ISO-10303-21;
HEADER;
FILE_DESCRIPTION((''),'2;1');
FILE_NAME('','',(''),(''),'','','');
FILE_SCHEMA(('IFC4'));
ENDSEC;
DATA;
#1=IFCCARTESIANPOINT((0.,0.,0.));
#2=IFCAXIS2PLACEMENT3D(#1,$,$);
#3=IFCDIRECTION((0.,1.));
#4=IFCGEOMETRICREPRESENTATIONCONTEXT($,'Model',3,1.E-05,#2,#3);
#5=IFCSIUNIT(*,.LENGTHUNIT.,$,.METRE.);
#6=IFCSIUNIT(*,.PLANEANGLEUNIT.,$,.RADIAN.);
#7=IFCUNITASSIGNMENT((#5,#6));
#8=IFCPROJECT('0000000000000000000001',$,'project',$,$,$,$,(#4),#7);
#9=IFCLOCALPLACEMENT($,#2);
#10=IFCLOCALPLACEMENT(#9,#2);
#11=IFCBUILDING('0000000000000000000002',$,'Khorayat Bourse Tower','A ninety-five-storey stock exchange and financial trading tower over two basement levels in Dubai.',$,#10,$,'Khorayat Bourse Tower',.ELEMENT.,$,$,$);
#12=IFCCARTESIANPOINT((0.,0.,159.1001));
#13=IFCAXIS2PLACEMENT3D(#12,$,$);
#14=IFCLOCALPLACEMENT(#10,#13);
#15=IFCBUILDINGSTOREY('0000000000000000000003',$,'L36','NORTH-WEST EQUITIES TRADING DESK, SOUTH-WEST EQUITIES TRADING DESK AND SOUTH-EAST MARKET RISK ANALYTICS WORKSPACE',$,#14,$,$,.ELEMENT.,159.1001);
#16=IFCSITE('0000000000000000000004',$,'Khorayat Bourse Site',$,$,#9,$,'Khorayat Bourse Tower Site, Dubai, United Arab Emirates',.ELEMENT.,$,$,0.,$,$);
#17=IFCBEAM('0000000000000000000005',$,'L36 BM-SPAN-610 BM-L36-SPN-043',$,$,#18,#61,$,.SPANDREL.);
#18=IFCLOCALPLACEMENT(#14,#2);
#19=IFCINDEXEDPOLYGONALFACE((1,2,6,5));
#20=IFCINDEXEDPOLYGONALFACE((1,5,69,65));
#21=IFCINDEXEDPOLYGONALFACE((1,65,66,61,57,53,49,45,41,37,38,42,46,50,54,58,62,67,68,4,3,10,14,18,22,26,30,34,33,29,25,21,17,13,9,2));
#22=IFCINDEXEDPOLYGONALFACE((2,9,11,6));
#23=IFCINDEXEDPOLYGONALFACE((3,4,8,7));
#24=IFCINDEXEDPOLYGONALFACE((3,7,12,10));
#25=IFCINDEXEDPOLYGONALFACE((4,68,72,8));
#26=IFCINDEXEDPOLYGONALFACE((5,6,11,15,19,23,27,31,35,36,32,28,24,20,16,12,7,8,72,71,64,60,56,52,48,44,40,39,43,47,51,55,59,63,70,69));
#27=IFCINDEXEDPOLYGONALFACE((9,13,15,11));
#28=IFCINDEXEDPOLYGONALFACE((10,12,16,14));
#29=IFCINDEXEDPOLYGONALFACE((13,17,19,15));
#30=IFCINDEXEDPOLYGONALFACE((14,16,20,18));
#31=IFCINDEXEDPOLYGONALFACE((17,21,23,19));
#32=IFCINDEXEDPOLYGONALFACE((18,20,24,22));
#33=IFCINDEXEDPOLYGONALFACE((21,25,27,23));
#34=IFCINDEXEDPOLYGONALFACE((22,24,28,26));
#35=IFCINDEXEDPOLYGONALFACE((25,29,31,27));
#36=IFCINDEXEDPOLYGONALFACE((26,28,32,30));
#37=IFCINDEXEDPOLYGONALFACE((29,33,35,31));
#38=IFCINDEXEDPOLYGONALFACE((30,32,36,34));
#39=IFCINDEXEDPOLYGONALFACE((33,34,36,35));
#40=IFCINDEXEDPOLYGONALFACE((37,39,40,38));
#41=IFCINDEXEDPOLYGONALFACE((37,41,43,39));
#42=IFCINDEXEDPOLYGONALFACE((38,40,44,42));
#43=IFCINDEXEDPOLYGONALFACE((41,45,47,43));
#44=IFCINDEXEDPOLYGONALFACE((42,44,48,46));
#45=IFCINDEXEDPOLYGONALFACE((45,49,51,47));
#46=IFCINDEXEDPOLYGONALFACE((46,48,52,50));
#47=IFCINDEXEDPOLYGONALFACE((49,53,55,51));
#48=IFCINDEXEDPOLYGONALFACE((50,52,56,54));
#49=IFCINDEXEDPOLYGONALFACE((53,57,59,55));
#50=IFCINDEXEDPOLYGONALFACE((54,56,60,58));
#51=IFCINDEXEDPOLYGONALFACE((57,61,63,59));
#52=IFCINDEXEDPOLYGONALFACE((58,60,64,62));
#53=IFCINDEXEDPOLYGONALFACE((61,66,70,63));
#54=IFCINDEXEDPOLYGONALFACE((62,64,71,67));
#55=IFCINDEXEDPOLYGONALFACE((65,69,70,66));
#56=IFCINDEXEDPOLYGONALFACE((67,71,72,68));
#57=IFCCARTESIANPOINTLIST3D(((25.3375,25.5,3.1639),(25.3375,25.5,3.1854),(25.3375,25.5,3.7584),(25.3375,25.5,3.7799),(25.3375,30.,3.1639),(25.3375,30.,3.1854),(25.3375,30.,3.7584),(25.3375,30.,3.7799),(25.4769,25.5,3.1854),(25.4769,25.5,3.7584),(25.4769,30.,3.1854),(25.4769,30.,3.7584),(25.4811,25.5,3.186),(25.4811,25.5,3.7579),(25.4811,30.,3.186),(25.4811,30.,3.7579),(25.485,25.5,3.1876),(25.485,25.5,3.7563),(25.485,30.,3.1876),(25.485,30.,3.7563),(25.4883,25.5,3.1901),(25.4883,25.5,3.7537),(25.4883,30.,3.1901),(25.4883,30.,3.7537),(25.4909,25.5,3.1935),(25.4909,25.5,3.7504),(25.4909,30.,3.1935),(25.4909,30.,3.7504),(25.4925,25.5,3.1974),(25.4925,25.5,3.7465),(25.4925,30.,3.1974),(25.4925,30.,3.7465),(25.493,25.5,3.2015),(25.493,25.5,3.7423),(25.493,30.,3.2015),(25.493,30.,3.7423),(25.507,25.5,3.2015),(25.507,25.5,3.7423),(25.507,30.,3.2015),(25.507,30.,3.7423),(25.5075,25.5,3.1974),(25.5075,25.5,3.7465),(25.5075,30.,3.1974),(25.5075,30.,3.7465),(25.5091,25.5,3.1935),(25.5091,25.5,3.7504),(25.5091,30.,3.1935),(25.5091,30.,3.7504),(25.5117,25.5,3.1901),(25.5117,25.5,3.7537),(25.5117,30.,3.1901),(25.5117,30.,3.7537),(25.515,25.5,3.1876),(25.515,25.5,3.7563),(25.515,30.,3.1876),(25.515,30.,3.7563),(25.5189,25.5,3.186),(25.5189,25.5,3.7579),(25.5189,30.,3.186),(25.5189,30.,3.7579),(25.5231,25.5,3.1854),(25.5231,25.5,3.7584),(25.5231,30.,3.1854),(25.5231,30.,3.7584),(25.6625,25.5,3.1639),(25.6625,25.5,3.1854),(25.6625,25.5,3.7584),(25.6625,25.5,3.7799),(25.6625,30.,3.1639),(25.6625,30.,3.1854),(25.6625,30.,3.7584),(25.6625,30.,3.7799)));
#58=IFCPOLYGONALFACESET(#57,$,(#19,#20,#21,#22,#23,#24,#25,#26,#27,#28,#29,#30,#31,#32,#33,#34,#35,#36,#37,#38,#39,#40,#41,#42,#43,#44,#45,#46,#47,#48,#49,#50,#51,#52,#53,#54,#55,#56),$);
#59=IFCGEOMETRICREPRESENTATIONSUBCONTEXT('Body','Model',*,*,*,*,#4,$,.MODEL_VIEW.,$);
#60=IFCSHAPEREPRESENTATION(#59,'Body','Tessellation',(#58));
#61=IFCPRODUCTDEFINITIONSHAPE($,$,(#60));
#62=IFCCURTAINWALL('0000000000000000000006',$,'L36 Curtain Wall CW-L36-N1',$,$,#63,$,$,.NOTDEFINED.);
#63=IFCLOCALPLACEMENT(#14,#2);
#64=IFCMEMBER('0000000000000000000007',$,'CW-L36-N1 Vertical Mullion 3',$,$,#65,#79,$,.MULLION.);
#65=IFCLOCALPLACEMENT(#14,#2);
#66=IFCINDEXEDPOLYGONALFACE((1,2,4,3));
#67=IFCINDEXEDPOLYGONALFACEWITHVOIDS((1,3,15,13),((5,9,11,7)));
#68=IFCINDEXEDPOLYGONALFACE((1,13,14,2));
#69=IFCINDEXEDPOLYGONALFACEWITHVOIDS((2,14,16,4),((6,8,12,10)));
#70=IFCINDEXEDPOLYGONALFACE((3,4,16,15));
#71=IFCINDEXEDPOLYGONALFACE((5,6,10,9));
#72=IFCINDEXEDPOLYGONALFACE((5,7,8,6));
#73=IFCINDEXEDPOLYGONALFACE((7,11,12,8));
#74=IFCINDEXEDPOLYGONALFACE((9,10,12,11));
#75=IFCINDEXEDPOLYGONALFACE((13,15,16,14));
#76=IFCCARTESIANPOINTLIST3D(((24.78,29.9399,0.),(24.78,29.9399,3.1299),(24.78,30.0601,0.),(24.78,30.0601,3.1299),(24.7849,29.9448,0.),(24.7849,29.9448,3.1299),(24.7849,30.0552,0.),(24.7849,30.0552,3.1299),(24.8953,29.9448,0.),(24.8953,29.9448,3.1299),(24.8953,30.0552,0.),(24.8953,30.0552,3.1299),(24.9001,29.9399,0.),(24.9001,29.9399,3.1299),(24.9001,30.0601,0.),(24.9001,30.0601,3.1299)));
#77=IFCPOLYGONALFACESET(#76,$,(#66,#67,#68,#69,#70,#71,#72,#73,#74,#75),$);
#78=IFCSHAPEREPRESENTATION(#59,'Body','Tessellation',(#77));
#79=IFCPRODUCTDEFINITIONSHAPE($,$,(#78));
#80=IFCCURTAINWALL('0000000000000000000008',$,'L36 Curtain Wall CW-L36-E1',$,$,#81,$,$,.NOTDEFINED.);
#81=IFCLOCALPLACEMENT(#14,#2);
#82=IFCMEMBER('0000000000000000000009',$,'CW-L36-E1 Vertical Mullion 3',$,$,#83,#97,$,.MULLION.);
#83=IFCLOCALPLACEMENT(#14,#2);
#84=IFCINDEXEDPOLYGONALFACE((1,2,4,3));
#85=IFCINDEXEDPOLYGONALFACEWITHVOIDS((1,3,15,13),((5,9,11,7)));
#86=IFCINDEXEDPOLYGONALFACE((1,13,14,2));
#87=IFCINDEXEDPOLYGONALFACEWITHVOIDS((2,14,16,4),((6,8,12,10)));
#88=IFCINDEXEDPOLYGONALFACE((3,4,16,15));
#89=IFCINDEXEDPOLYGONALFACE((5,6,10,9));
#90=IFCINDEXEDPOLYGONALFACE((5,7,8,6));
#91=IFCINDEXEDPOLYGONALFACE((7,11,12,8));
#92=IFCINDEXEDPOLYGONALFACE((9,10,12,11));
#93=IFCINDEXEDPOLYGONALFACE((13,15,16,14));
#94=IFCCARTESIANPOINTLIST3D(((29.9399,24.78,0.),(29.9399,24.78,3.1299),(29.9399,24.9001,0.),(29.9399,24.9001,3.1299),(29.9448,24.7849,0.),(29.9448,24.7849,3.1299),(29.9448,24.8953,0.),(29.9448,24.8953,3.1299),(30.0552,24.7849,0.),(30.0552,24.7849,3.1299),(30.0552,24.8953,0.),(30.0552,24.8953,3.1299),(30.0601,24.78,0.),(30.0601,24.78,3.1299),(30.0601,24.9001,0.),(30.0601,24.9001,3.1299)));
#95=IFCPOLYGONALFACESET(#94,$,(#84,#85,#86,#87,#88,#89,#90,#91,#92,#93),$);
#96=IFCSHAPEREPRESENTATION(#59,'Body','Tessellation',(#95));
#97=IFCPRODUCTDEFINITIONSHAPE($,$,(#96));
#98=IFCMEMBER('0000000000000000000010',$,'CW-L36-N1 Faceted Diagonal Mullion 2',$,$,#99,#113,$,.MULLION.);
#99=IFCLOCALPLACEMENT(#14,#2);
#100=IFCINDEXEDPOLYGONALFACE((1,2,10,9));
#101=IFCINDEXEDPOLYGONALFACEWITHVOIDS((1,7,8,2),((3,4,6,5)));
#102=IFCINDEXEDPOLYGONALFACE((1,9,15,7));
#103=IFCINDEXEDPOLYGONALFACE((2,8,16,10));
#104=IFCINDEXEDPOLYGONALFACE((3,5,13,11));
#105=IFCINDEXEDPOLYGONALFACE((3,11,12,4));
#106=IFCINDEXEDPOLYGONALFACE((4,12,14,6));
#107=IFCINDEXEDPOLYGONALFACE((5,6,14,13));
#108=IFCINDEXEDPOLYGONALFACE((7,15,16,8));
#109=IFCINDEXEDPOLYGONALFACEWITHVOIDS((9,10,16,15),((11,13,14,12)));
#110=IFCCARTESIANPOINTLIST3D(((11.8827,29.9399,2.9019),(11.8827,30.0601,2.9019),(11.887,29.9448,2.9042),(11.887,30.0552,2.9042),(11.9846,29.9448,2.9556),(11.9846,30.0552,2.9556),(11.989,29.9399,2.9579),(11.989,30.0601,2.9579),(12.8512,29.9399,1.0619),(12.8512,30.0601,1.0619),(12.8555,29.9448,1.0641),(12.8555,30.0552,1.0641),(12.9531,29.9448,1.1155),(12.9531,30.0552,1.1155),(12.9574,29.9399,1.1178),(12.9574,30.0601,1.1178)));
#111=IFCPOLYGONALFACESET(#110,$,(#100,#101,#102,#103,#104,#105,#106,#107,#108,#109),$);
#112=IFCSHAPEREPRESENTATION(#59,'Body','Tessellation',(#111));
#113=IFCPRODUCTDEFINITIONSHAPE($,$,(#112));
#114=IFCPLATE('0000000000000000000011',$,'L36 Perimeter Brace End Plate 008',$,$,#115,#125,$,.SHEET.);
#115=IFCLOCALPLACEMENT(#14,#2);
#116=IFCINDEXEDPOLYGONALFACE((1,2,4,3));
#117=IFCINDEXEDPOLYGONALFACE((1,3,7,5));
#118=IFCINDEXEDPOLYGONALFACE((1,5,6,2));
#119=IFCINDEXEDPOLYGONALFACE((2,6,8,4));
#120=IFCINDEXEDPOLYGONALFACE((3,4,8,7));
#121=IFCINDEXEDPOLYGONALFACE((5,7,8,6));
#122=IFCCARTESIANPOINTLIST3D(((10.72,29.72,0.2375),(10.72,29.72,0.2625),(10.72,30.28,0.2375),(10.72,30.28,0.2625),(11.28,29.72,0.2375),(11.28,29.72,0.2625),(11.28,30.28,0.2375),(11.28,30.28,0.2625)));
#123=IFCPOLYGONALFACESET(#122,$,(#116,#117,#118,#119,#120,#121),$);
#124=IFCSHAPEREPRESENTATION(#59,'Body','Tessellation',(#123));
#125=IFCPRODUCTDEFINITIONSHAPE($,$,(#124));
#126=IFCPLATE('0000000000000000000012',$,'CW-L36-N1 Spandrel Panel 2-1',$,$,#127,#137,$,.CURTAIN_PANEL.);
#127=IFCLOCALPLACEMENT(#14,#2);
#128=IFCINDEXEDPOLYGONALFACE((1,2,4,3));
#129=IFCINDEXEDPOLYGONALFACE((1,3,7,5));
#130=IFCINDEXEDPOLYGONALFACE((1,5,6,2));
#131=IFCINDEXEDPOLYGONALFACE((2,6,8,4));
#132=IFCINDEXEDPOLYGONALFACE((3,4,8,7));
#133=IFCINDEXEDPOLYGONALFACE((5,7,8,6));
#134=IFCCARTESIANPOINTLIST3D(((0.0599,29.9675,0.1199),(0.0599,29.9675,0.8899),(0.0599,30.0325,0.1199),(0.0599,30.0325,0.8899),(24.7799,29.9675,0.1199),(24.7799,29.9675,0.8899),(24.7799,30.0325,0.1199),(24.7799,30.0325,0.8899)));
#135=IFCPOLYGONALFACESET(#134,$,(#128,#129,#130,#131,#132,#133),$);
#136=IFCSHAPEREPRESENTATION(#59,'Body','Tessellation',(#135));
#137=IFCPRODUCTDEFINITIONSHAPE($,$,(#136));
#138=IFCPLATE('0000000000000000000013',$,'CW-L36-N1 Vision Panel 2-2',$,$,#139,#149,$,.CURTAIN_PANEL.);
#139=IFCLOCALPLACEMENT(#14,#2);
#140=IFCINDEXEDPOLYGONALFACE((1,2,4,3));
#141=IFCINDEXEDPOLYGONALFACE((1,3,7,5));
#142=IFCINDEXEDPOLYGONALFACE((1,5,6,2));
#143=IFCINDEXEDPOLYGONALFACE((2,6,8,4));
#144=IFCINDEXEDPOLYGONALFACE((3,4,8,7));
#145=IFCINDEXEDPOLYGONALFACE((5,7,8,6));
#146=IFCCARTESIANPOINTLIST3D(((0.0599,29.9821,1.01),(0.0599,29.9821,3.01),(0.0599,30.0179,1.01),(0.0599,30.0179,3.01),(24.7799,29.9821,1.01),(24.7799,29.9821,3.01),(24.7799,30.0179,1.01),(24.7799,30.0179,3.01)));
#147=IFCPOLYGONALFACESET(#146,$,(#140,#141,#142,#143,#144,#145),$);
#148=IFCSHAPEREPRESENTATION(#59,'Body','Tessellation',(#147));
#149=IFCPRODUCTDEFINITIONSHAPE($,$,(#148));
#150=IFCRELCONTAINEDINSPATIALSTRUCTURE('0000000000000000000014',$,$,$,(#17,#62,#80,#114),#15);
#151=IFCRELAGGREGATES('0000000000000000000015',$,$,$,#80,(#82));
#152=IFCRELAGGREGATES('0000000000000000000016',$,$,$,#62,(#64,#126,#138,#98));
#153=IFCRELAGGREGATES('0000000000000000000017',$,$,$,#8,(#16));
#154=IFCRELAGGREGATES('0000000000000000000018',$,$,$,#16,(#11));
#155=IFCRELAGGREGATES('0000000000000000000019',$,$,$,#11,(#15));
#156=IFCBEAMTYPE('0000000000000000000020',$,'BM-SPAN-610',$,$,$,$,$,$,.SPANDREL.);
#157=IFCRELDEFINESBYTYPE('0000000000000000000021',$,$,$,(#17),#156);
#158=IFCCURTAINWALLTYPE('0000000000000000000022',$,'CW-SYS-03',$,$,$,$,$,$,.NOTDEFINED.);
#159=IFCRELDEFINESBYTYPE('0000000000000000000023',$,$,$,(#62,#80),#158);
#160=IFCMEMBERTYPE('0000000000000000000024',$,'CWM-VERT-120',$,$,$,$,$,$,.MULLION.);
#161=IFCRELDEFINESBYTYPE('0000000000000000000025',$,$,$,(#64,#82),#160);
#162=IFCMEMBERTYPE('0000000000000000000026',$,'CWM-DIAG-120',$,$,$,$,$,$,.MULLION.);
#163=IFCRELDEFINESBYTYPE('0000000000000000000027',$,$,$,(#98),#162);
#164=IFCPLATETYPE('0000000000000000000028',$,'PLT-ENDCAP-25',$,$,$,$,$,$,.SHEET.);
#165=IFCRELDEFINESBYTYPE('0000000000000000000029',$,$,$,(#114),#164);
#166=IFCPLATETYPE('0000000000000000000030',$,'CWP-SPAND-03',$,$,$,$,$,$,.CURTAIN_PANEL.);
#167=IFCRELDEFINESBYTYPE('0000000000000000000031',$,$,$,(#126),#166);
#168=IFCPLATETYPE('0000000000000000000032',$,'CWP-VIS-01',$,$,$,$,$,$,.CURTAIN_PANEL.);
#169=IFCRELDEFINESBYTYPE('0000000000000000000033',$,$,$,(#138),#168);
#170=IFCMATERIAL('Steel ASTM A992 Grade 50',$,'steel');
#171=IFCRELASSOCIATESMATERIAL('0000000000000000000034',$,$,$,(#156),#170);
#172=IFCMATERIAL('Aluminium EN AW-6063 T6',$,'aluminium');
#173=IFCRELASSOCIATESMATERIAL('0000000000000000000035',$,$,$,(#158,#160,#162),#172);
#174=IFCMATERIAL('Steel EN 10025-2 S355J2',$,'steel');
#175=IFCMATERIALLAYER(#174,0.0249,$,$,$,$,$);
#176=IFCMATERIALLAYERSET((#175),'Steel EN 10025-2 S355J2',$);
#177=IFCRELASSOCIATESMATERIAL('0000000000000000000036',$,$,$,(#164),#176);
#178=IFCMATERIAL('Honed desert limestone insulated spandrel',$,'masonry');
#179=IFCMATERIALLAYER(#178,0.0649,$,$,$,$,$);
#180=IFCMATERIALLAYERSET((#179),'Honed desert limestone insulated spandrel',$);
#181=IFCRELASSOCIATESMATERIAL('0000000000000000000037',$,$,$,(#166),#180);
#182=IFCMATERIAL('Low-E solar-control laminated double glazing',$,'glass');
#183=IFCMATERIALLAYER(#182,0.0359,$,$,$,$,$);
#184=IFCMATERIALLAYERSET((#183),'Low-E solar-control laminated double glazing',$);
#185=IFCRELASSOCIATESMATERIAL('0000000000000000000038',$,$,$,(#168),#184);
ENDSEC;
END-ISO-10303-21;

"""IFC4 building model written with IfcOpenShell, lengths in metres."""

from ifc_helpers import new_model, si_unit, direction, frame, origin, origin_2d, place, context, subcontext, project, spatial, rectangle, hollow_rectangle, i_section, extrude, source, transform, mapped, material, layer, layer_set, material_profile, profile_set, type_object, element, aggregate, save


model = new_model("IFC4")

# Units and contexts
model_context = context("Model", 3, precision=1e-05, world=origin(), true_north=direction((0.0, 1.0)))
body_context = subcontext(model_context, "Body", "Model", "MODEL_VIEW")
ifc_project = project(units=[si_unit("LENGTHUNIT", "METRE"), si_unit("PLANEANGLEUNIT", "RADIAN")], contexts=[model_context])

# Site, building, storey
site_placement = place(None, origin())
site = spatial("IfcSite", under=ifc_project, at=site_placement, Name="Khorayat Bourse Site", LongName="Khorayat Bourse Tower Site, Dubai, United Arab Emirates", CompositionType="ELEMENT", RefElevation=0.0)
building_placement = place(site_placement, origin())
building = spatial("IfcBuilding", under=site, at=building_placement, Name="Khorayat Bourse Tower", Description="A ninety-five-storey stock exchange and financial trading tower over two basement levels in Dubai.", LongName="Khorayat Bourse Tower", CompositionType="ELEMENT")
storey_placement = place(building_placement, frame((0.0, 0.0, 159.1001)))
storey = spatial("IfcBuildingStorey", under=building, at=storey_placement, Name="L36", Description="NORTH-WEST EQUITIES TRADING DESK, SOUTH-WEST EQUITIES TRADING DESK AND SOUTH-EAST MARKET RISK ANALYTICS WORKSPACE", CompositionType="ELEMENT", Elevation=159.1001)

# Beam
ifc_material_1 = material(Name="Steel ASTM A992 Grade 50", Category="steel")
ifc_material_profile_1 = material_profile(ifc_material_1, i_section(OverallWidth=0.325, OverallDepth=0.616, WebThickness=0.0139, FlangeThickness=0.0215, FilletRadius=0.0161, at=origin_2d()), Name="W610X174")
ifc_profile_set_1 = profile_set([ifc_material_profile_1], Name="Steel ASTM A992 Grade 50")
beam_type_1 = type_object("IfcBeamType", Name="BM-SPAN-610", PredefinedType="SPANDREL", material=ifc_profile_set_1)
shared_shape_1 = source(origin(), body_context, "Body", "SweptSolid", [
    extrude(i_section(OverallWidth=0.325, OverallDepth=0.616, WebThickness=0.0139, FlangeThickness=0.0215, FilletRadius=0.0161, at=origin_2d()), origin(), (0.0, 0.0, 1.0), 4.5),
])
for number, where, z_axis, x_axis, name in (
    (1, (25.5, 25.5, 3.4719), (0.0, 1.0, 0.0), (-1.0, 0.0, 0.0), "L36 BM-SPAN-610 BM-L36-SPN-043"),
):
    element("IfcBeam", number, at=place(storey_placement, frame(where, z_axis=z_axis, x_axis=x_axis)), inside=storey, type_object=beam_type_1, Name=name, PredefinedType="SPANDREL", context=body_context, shape_type="MappedRepresentation", body=[
        mapped(shared_shape_1, transform((0.0, 0.0, 0.0), scale=1.0)),
    ])

# Curtain walls, members
ifc_material_2 = material(Name="Aluminium EN AW-6063 T6", Category="aluminium")
curtain_wall_type = type_object("IfcCurtainWallType", Name="CW-SYS-03", PredefinedType="NOTDEFINED", material=ifc_material_2)
curtain_wall_1_placement = place(storey_placement, origin())
curtain_wall_1 = element("IfcCurtainWall", 2, at=curtain_wall_1_placement, inside=storey, type_object=curtain_wall_type, Name="L36 Curtain Wall CW-L36-N1", PredefinedType="NOTDEFINED")
ifc_material_profile_2 = material_profile(ifc_material_2, hollow_rectangle(XDim=0.1201, YDim=0.1201, WallThickness=0.0049, at=origin_2d()), Name="ALU 120x120x5")
ifc_profile_set_2 = profile_set([ifc_material_profile_2], Name="Aluminium EN AW-6063 T6")
member_type_1 = type_object("IfcMemberType", Name="CWM-VERT-120", PredefinedType="MULLION", material=ifc_profile_set_2)
shared_shape_2 = source(origin(), body_context, "Body", "SweptSolid", [
    extrude(hollow_rectangle(XDim=0.1201, YDim=0.1201, WallThickness=0.0049, at=origin_2d()), origin(), (0.0, 0.0, 1.0), 3.1299),
])
member_1_placement = place(storey_placement, frame((24.8401, 30.0, 0.0), z_axis=(0.0, 0.0, 1.0), x_axis=(0.0, 1.0, 0.0)))
member_1 = element("IfcMember", 3, at=member_1_placement, type_object=member_type_1, Name="CW-L36-N1 Vertical Mullion 3", PredefinedType="MULLION", context=body_context, shape_type="MappedRepresentation", body=[
    mapped(shared_shape_2, transform((0.0, 0.0, 0.0), scale=1.0)),
])
curtain_wall_2_placement = place(storey_placement, origin())
curtain_wall_2 = element("IfcCurtainWall", 4, at=curtain_wall_2_placement, inside=storey, type_object=curtain_wall_type, Name="L36 Curtain Wall CW-L36-E1", PredefinedType="NOTDEFINED")
member_2_placement = place(storey_placement, frame((30.0, 24.8401, 0.0), z_axis=(0.0, 0.0, 1.0), x_axis=(-1.0, 0.0, 0.0)))
member_2 = element("IfcMember", 5, at=member_2_placement, type_object=member_type_1, Name="CW-L36-E1 Vertical Mullion 3", PredefinedType="MULLION", context=body_context, shape_type="MappedRepresentation", body=[
    mapped(shared_shape_2, transform((0.0, 0.0, 0.0), scale=1.0)),
])
aggregate(curtain_wall_2, [member_2])

# Member
ifc_material_profile_3 = material_profile(ifc_material_2, hollow_rectangle(XDim=0.1201, YDim=0.1201, WallThickness=0.0049, at=origin_2d()), Name="ALU 120x120x5")
ifc_profile_set_3 = profile_set([ifc_material_profile_3], Name="Aluminium EN AW-6063 T6")
member_type_2 = type_object("IfcMemberType", Name="CWM-DIAG-120", PredefinedType="MULLION", material=ifc_profile_set_3)
shared_shape_3 = source(origin(), body_context, "Body", "SweptSolid", [
    extrude(hollow_rectangle(XDim=0.1201, YDim=0.1201, WallThickness=0.0049, at=origin_2d()), origin(), (0.0, 0.0, 1.0), 2.0793),
])
member_3_placement = place(storey_placement, frame((12.9043, 30.0, 1.0898), z_axis=(-0.465761, 0.0, 0.884911), x_axis=(0.0, -1.0, 0.0)))
member_3 = element("IfcMember", 6, at=member_3_placement, type_object=member_type_2, Name="CW-L36-N1 Faceted Diagonal Mullion 2", PredefinedType="MULLION", context=body_context, shape_type="MappedRepresentation", body=[
    mapped(shared_shape_3, transform((0.0, 0.0, 0.0), scale=1.0)),
])

# Plates
ifc_material_3 = material(Name="Steel EN 10025-2 S355J2", Category="steel")
ifc_layer_1 = layer(ifc_material_3, 0.0249)
ifc_layer_set_1 = layer_set([ifc_layer_1], Name="Steel EN 10025-2 S355J2")
plate_type_1 = type_object("IfcPlateType", Name="PLT-ENDCAP-25", PredefinedType="SHEET", material=ifc_layer_set_1)
shared_shape_4 = source(origin(), body_context, "Body", "SweptSolid", [
    extrude(rectangle(XDim=0.5601, YDim=0.5601, at=origin_2d()), origin(), (0.0, 0.0, 1.0), 0.0249),
])
plate_1_placement = place(storey_placement, frame((11.0, 30.0, 0.2375), z_axis=(0.0, 0.0, 1.0), x_axis=(1.0, 0.0, 0.0)))
element("IfcPlate", 7, at=plate_1_placement, inside=storey, type_object=plate_type_1, Name="L36 Perimeter Brace End Plate 008", PredefinedType="SHEET", context=body_context, shape_type="MappedRepresentation", body=[
    mapped(shared_shape_4, transform((0.0, 0.0, 0.0), scale=1.0)),
])
ifc_material_4 = material(Name="Honed desert limestone insulated spandrel", Category="masonry")
ifc_layer_2 = layer(ifc_material_4, 0.0649)
ifc_layer_set_2 = layer_set([ifc_layer_2], Name="Honed desert limestone insulated spandrel")
plate_type_2 = type_object("IfcPlateType", Name="CWP-SPAND-03", PredefinedType="CURTAIN_PANEL", material=ifc_layer_set_2)
shared_shape_5 = source(origin(), body_context, "Body", "SweptSolid", [
    extrude(rectangle(XDim=24.72, YDim=0.0649, at=origin_2d()), origin(), (0.0, 0.0, 1.0), 0.77),
])
plate_2_placement = place(storey_placement, frame((12.4199, 30.0, 0.1199), z_axis=(0.0, 0.0, 1.0), x_axis=(1.0, 0.0, 0.0)))
plate_2 = element("IfcPlate", 8, at=plate_2_placement, type_object=plate_type_2, Name="CW-L36-N1 Spandrel Panel 2-1", PredefinedType="CURTAIN_PANEL", context=body_context, shape_type="MappedRepresentation", body=[
    mapped(shared_shape_5, transform((0.0, 0.0, 0.0), scale=1.0)),
])
ifc_material_5 = material(Name="Low-E solar-control laminated double glazing", Category="glass")
ifc_layer_3 = layer(ifc_material_5, 0.0359)
ifc_layer_set_3 = layer_set([ifc_layer_3], Name="Low-E solar-control laminated double glazing")
plate_type_3 = type_object("IfcPlateType", Name="CWP-VIS-01", PredefinedType="CURTAIN_PANEL", material=ifc_layer_set_3)
shared_shape_6 = source(origin(), body_context, "Body", "SweptSolid", [
    extrude(rectangle(XDim=24.72, YDim=0.0359, at=origin_2d()), origin(), (0.0, 0.0, 1.0), 2.0),
])
plate_3_placement = place(storey_placement, frame((12.4199, 30.0, 1.01), z_axis=(0.0, 0.0, 1.0), x_axis=(1.0, 0.0, 0.0)))
plate_3 = element("IfcPlate", 9, at=plate_3_placement, type_object=plate_type_3, Name="CW-L36-N1 Vision Panel 2-2", PredefinedType="CURTAIN_PANEL", context=body_context, shape_type="MappedRepresentation", body=[
    mapped(shared_shape_6, transform((0.0, 0.0, 0.0), scale=1.0)),
])
aggregate(curtain_wall_1, [member_1, plate_2, plate_3, member_3])

save(model, "model.ifc")
